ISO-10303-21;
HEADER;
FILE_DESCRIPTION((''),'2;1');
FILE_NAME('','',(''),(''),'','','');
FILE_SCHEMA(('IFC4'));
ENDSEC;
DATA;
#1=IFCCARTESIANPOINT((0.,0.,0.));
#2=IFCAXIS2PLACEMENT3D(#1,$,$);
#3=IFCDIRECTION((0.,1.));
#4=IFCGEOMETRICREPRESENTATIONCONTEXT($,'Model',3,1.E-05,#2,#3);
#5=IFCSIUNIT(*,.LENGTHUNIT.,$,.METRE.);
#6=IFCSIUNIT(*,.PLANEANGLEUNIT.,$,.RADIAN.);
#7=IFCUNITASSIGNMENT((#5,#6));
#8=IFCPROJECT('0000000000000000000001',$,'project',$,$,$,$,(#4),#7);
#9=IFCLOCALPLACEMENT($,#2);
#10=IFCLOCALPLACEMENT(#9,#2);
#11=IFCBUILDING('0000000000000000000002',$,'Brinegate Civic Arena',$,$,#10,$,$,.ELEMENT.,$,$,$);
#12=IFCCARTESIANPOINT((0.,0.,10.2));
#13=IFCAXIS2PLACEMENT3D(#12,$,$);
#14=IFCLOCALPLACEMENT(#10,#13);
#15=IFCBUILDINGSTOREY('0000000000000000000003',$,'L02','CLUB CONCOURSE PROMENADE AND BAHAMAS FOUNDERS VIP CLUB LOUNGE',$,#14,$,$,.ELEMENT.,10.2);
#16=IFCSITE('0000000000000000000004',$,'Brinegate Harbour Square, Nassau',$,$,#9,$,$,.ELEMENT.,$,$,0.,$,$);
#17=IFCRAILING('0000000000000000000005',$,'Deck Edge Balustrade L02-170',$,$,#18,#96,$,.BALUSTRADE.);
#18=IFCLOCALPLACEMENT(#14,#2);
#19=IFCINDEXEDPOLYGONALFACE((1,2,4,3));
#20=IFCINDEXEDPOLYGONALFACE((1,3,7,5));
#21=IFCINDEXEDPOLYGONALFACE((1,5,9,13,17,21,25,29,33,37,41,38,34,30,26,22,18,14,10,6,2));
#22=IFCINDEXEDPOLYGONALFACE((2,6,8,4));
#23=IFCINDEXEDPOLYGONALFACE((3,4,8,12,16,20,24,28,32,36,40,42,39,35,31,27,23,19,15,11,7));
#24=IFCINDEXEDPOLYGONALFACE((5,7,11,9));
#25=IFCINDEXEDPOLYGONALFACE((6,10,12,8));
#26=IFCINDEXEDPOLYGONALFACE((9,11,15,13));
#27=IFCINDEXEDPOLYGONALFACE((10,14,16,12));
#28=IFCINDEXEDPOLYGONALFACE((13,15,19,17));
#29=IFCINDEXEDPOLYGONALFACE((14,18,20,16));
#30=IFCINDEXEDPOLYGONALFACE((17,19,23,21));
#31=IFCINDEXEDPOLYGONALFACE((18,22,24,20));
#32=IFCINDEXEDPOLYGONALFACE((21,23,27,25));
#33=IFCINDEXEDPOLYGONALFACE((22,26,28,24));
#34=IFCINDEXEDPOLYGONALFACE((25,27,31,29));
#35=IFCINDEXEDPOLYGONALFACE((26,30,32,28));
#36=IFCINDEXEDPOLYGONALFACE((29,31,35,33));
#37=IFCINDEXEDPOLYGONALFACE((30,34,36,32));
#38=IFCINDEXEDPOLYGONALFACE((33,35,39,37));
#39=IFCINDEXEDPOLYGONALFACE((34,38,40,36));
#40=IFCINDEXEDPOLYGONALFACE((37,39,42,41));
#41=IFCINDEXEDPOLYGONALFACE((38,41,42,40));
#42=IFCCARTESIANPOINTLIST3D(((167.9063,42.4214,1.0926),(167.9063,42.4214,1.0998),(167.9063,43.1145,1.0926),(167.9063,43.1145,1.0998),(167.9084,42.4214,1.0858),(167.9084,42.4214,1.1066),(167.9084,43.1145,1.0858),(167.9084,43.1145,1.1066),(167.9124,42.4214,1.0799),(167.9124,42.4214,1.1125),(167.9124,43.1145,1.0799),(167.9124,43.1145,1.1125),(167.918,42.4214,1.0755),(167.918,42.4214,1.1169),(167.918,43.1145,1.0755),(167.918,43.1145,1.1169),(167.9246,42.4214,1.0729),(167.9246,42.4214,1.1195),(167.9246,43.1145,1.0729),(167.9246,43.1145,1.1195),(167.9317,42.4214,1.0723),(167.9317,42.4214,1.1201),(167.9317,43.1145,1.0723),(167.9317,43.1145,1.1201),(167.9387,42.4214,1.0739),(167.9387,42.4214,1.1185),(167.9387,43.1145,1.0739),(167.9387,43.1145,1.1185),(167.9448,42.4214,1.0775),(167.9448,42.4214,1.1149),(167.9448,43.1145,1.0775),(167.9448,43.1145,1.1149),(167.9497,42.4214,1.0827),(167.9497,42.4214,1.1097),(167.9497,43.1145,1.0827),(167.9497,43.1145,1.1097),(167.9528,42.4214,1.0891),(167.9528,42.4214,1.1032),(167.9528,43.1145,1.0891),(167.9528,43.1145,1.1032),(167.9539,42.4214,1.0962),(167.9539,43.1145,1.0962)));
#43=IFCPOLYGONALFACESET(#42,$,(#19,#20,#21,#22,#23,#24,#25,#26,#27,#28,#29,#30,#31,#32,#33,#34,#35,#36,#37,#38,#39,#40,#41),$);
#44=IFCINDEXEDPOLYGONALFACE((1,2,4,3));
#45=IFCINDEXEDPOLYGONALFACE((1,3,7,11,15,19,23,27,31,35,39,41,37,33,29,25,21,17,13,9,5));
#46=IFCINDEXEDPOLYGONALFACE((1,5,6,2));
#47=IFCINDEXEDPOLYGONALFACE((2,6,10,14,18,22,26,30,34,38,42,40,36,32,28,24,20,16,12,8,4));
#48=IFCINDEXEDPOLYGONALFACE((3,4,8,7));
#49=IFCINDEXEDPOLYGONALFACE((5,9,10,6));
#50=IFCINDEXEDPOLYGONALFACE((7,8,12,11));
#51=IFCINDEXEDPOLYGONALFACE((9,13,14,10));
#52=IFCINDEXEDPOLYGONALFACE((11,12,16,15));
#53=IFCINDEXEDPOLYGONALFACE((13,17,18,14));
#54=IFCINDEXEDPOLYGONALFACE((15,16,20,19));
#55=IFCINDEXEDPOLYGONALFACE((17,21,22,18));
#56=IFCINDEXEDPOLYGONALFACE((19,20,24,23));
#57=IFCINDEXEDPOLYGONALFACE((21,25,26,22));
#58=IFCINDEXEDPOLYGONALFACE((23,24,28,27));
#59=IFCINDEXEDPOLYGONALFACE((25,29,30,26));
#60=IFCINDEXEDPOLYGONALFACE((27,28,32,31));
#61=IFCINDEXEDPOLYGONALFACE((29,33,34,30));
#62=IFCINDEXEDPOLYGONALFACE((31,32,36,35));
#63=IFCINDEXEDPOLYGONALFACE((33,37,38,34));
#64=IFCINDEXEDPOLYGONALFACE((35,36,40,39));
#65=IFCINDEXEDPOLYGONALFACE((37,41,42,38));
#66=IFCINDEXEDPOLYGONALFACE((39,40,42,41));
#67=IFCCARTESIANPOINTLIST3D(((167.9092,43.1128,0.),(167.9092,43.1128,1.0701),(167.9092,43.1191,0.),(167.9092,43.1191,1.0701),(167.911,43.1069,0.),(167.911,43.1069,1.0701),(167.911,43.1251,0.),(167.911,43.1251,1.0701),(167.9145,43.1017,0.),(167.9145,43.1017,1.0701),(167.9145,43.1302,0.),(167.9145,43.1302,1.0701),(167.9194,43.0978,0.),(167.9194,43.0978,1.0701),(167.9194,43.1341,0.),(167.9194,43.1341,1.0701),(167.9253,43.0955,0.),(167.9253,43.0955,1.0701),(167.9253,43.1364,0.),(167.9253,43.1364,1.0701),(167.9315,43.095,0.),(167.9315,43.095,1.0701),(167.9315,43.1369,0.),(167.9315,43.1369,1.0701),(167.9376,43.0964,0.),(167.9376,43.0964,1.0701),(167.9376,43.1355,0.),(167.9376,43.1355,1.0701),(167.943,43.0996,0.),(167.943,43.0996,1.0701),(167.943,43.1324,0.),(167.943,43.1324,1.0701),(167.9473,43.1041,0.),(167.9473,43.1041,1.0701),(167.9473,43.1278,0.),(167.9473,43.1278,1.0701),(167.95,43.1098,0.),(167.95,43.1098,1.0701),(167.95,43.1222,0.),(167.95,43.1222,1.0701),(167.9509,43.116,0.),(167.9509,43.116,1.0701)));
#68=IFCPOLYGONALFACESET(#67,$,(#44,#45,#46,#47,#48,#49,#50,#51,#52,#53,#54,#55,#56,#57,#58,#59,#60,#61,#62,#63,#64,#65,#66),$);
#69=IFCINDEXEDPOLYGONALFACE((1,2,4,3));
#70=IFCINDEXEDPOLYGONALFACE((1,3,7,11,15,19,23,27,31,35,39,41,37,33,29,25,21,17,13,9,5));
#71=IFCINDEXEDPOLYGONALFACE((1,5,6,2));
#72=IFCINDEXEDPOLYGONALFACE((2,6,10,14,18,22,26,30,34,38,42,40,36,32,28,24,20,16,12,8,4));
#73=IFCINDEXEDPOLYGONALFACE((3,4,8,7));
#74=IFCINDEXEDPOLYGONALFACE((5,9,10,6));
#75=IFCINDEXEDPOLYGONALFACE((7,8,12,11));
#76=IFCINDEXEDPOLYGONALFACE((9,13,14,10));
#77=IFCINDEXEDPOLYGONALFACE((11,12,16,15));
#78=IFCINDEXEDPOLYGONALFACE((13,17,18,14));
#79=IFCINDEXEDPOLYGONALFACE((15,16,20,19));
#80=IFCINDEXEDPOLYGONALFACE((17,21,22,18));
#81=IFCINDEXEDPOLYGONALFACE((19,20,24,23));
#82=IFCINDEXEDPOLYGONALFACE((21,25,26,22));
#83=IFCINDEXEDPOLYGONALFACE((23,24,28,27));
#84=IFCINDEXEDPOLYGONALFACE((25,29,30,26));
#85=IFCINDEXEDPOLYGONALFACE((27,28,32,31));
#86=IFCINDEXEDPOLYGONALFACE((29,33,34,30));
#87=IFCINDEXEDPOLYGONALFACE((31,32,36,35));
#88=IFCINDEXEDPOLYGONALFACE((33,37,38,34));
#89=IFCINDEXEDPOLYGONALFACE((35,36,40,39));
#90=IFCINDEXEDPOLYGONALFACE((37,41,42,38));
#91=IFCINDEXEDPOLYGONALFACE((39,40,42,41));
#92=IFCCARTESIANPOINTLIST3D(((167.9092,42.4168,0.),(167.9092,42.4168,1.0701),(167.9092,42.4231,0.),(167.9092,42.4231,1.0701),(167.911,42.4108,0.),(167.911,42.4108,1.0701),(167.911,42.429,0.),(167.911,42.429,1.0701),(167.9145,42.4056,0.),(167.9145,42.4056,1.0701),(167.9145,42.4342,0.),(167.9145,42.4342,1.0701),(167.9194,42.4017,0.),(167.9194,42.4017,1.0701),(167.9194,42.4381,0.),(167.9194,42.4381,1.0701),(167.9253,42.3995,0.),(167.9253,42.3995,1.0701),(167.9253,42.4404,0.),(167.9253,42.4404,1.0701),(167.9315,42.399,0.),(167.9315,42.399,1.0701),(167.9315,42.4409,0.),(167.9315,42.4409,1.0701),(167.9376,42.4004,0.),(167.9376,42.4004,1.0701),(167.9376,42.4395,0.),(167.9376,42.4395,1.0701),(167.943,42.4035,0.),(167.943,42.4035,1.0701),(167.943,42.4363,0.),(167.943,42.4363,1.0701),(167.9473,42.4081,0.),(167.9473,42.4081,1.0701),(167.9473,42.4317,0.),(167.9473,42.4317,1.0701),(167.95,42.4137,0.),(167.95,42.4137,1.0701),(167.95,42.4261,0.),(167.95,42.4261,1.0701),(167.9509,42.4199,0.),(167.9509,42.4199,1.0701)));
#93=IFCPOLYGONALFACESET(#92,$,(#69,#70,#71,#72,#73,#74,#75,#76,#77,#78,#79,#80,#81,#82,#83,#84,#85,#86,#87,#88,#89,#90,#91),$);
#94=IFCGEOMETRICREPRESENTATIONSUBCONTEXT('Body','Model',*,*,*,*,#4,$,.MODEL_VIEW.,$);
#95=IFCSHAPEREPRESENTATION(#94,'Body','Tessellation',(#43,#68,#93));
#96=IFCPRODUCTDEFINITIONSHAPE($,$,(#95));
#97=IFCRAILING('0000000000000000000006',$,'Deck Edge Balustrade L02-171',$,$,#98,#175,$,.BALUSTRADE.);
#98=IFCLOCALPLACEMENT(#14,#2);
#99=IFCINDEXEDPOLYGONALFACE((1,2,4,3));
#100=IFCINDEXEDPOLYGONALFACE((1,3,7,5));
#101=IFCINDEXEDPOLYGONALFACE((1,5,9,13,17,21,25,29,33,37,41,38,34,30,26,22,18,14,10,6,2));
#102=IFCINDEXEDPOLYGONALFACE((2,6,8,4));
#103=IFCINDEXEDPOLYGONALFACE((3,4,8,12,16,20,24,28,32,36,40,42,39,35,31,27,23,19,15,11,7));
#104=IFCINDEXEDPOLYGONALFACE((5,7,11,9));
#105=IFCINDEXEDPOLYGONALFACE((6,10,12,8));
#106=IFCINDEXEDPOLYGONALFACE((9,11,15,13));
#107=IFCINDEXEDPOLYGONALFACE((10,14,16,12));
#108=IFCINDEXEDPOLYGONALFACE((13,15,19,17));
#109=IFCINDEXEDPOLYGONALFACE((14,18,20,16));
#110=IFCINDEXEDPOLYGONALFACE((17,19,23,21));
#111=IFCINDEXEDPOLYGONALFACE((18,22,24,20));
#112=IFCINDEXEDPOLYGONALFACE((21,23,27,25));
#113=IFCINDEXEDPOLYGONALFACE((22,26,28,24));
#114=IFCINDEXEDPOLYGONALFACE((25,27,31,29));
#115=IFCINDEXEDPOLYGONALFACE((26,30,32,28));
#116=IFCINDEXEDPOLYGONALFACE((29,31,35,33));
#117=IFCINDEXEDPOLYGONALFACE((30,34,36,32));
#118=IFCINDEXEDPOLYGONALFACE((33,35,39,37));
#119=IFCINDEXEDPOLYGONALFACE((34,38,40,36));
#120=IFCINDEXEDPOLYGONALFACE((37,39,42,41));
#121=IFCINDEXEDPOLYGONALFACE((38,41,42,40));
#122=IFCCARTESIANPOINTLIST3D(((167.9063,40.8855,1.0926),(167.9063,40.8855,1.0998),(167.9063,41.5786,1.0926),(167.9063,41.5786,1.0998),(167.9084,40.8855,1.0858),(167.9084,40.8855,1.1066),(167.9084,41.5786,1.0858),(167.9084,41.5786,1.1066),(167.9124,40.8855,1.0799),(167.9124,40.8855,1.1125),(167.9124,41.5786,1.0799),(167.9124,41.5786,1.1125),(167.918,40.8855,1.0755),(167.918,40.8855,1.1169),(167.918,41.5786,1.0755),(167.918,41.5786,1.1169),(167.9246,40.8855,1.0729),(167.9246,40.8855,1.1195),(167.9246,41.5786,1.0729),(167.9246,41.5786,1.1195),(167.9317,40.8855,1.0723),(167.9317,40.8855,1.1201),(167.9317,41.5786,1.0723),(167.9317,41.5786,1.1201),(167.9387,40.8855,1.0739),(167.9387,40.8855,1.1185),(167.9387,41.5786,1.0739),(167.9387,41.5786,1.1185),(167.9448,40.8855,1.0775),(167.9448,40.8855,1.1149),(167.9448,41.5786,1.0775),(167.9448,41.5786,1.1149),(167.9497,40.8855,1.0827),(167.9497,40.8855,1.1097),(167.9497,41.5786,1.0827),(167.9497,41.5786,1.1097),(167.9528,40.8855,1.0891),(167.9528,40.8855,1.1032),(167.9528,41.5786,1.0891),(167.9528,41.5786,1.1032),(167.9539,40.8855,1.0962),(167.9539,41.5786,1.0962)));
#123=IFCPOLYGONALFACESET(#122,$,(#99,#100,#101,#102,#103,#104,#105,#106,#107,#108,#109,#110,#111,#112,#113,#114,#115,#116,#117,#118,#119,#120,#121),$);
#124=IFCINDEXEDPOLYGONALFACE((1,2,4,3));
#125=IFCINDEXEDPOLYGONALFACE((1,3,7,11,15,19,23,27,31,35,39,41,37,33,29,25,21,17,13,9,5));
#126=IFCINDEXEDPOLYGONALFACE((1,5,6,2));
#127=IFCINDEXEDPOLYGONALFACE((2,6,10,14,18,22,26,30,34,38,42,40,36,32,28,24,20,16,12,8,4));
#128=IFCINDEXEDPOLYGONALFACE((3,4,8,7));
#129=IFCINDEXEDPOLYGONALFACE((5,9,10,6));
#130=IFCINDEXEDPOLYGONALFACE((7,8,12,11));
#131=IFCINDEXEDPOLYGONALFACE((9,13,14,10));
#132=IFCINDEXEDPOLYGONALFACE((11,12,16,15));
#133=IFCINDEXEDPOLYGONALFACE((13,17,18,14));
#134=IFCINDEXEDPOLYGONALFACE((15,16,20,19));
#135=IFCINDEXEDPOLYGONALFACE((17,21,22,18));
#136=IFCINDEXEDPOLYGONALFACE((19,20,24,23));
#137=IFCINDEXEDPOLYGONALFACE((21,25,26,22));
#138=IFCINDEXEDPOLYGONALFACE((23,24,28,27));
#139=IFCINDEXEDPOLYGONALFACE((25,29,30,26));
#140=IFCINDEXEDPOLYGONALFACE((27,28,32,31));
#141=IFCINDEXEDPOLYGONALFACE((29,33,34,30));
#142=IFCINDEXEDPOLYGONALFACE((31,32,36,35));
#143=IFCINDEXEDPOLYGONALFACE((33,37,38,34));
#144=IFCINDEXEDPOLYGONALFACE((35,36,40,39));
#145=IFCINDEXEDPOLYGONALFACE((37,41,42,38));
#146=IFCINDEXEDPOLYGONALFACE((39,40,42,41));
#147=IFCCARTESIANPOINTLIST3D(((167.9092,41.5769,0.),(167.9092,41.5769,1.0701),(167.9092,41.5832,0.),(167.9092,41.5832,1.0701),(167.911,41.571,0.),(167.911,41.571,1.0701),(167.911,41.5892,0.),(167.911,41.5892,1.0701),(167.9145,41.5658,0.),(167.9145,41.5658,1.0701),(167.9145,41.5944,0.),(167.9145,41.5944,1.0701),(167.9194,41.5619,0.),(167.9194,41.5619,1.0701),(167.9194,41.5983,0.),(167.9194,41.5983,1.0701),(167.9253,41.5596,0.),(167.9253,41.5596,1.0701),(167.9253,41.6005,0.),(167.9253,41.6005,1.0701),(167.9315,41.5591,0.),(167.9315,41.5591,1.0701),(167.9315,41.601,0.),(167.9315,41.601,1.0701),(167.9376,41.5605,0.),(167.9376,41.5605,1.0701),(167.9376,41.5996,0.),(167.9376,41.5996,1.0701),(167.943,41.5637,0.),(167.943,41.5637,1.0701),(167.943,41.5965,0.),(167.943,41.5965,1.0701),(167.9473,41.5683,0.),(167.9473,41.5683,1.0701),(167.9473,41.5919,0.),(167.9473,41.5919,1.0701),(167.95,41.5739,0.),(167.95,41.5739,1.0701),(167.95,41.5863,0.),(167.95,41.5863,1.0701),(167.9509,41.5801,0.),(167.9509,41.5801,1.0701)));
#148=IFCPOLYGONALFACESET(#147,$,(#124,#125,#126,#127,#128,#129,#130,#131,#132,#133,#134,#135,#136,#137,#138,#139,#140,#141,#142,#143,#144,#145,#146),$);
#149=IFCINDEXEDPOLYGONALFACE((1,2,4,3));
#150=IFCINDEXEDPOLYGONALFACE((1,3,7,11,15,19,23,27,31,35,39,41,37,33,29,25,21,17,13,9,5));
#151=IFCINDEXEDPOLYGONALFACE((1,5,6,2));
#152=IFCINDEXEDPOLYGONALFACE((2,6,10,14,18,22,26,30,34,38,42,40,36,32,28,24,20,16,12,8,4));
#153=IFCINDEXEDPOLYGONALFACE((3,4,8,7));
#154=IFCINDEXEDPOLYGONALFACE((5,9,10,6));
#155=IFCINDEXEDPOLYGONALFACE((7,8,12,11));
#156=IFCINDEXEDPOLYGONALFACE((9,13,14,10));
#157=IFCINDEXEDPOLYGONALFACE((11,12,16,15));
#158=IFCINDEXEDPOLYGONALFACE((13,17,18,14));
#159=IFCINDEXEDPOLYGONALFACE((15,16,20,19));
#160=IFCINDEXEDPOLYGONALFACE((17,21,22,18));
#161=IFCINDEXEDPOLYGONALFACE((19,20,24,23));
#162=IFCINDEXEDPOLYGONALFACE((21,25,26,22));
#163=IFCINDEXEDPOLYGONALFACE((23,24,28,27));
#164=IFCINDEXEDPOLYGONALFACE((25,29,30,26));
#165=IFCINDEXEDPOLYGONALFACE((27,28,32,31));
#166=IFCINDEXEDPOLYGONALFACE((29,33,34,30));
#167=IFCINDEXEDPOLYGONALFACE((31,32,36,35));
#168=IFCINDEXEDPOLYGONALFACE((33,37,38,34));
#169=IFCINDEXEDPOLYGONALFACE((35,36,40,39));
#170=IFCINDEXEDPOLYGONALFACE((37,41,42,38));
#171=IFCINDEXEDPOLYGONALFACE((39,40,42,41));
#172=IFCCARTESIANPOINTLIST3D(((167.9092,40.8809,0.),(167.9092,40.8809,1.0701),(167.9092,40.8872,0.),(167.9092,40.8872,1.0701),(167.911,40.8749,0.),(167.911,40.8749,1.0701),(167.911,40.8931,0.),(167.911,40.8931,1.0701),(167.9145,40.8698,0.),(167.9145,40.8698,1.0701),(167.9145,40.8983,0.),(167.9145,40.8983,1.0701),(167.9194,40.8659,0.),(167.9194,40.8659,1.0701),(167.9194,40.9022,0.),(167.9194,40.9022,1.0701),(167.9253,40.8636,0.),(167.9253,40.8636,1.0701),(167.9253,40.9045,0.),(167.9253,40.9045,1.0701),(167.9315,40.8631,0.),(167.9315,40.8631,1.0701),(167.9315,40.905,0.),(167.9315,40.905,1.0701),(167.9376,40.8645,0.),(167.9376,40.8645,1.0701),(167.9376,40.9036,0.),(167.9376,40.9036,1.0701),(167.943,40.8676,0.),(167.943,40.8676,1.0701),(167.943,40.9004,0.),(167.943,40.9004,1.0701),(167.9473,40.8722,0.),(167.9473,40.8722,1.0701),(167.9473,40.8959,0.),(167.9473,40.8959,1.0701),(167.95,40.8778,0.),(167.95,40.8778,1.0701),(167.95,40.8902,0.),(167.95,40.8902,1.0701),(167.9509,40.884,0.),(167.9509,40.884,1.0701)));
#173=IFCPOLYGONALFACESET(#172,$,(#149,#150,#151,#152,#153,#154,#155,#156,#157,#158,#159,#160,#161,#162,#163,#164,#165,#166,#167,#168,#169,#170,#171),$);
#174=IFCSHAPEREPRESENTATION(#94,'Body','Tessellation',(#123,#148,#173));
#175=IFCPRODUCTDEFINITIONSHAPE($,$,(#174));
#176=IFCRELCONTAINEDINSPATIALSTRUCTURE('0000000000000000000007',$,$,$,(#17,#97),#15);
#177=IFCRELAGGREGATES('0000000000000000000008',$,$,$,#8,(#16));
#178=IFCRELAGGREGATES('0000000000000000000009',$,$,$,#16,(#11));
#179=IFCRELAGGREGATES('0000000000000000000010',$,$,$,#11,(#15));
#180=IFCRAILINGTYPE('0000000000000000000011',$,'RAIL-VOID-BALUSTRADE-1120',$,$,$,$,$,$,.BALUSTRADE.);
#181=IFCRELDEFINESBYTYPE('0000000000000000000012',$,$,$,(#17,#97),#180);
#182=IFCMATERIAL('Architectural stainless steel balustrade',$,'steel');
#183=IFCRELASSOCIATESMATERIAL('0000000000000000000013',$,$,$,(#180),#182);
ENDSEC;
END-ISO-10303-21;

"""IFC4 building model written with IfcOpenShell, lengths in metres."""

from ifc_helpers import new_model, si_unit, direction, frame, origin, origin_2d, place, context, subcontext, project, spatial, circle, extrude, material, type_object, element, save


model = new_model("IFC4")

# Units and contexts
model_context = context("Model", 3, precision=1e-05, world=origin(), true_north=direction((0.0, 1.0)))
body_context = subcontext(model_context, "Body", "Model", "MODEL_VIEW")
ifc_project = project(units=[si_unit("LENGTHUNIT", "METRE"), si_unit("PLANEANGLEUNIT", "RADIAN")], contexts=[model_context])

# Site, building, storey
site_placement = place(None, origin())
site = spatial("IfcSite", under=ifc_project, at=site_placement, Name="Brinegate Harbour Square, Nassau", CompositionType="ELEMENT", RefElevation=0.0)
building_placement = place(site_placement, origin())
building = spatial("IfcBuilding", under=site, at=building_placement, Name="Brinegate Civic Arena", CompositionType="ELEMENT")
storey_placement = place(building_placement, frame((0.0, 0.0, 10.2)))
storey = spatial("IfcBuildingStorey", under=building, at=storey_placement, Name="L02", Description="CLUB CONCOURSE PROMENADE AND BAHAMAS FOUNDERS VIP CLUB LOUNGE", CompositionType="ELEMENT", Elevation=10.2)

# Railings
ifc_material_1 = material(Name="Architectural stainless steel balustrade", Category="steel")
railing_type_1 = type_object("IfcRailingType", Name="RAIL-VOID-BALUSTRADE-1120", PredefinedType="BALUSTRADE", material=ifc_material_1)
for number, where, name in (
    (1, (167.9299, 43.116, 0.0), "Deck Edge Balustrade L02-170"),
    (2, (167.9299, 41.5801, 0.0), "Deck Edge Balustrade L02-171"),
):
    element("IfcRailing", number, at=place(storey_placement, frame(where)), inside=storey, type_object=railing_type_1, Name=name, PredefinedType="BALUSTRADE", context=body_context, shape_type="SweptSolid", body=[
        extrude(circle(Radius=0.0239, at=origin_2d()), frame((0.0, -0.0015, 1.0962), z_axis=(0.0, -1.0, 0.0), x_axis=(1.0, 0.0, 0.0)), (0.0, 0.0, 1.0), 0.6931),
        extrude(circle(Radius=0.021, at=origin_2d()), origin(), (0.0, 0.0, 1.0), 1.0701),
        extrude(circle(Radius=0.021, at=origin_2d()), frame((0.0, -0.696, 0.0)), (0.0, 0.0, 1.0), 1.0701),
    ])

save(model, "model.ifc")
